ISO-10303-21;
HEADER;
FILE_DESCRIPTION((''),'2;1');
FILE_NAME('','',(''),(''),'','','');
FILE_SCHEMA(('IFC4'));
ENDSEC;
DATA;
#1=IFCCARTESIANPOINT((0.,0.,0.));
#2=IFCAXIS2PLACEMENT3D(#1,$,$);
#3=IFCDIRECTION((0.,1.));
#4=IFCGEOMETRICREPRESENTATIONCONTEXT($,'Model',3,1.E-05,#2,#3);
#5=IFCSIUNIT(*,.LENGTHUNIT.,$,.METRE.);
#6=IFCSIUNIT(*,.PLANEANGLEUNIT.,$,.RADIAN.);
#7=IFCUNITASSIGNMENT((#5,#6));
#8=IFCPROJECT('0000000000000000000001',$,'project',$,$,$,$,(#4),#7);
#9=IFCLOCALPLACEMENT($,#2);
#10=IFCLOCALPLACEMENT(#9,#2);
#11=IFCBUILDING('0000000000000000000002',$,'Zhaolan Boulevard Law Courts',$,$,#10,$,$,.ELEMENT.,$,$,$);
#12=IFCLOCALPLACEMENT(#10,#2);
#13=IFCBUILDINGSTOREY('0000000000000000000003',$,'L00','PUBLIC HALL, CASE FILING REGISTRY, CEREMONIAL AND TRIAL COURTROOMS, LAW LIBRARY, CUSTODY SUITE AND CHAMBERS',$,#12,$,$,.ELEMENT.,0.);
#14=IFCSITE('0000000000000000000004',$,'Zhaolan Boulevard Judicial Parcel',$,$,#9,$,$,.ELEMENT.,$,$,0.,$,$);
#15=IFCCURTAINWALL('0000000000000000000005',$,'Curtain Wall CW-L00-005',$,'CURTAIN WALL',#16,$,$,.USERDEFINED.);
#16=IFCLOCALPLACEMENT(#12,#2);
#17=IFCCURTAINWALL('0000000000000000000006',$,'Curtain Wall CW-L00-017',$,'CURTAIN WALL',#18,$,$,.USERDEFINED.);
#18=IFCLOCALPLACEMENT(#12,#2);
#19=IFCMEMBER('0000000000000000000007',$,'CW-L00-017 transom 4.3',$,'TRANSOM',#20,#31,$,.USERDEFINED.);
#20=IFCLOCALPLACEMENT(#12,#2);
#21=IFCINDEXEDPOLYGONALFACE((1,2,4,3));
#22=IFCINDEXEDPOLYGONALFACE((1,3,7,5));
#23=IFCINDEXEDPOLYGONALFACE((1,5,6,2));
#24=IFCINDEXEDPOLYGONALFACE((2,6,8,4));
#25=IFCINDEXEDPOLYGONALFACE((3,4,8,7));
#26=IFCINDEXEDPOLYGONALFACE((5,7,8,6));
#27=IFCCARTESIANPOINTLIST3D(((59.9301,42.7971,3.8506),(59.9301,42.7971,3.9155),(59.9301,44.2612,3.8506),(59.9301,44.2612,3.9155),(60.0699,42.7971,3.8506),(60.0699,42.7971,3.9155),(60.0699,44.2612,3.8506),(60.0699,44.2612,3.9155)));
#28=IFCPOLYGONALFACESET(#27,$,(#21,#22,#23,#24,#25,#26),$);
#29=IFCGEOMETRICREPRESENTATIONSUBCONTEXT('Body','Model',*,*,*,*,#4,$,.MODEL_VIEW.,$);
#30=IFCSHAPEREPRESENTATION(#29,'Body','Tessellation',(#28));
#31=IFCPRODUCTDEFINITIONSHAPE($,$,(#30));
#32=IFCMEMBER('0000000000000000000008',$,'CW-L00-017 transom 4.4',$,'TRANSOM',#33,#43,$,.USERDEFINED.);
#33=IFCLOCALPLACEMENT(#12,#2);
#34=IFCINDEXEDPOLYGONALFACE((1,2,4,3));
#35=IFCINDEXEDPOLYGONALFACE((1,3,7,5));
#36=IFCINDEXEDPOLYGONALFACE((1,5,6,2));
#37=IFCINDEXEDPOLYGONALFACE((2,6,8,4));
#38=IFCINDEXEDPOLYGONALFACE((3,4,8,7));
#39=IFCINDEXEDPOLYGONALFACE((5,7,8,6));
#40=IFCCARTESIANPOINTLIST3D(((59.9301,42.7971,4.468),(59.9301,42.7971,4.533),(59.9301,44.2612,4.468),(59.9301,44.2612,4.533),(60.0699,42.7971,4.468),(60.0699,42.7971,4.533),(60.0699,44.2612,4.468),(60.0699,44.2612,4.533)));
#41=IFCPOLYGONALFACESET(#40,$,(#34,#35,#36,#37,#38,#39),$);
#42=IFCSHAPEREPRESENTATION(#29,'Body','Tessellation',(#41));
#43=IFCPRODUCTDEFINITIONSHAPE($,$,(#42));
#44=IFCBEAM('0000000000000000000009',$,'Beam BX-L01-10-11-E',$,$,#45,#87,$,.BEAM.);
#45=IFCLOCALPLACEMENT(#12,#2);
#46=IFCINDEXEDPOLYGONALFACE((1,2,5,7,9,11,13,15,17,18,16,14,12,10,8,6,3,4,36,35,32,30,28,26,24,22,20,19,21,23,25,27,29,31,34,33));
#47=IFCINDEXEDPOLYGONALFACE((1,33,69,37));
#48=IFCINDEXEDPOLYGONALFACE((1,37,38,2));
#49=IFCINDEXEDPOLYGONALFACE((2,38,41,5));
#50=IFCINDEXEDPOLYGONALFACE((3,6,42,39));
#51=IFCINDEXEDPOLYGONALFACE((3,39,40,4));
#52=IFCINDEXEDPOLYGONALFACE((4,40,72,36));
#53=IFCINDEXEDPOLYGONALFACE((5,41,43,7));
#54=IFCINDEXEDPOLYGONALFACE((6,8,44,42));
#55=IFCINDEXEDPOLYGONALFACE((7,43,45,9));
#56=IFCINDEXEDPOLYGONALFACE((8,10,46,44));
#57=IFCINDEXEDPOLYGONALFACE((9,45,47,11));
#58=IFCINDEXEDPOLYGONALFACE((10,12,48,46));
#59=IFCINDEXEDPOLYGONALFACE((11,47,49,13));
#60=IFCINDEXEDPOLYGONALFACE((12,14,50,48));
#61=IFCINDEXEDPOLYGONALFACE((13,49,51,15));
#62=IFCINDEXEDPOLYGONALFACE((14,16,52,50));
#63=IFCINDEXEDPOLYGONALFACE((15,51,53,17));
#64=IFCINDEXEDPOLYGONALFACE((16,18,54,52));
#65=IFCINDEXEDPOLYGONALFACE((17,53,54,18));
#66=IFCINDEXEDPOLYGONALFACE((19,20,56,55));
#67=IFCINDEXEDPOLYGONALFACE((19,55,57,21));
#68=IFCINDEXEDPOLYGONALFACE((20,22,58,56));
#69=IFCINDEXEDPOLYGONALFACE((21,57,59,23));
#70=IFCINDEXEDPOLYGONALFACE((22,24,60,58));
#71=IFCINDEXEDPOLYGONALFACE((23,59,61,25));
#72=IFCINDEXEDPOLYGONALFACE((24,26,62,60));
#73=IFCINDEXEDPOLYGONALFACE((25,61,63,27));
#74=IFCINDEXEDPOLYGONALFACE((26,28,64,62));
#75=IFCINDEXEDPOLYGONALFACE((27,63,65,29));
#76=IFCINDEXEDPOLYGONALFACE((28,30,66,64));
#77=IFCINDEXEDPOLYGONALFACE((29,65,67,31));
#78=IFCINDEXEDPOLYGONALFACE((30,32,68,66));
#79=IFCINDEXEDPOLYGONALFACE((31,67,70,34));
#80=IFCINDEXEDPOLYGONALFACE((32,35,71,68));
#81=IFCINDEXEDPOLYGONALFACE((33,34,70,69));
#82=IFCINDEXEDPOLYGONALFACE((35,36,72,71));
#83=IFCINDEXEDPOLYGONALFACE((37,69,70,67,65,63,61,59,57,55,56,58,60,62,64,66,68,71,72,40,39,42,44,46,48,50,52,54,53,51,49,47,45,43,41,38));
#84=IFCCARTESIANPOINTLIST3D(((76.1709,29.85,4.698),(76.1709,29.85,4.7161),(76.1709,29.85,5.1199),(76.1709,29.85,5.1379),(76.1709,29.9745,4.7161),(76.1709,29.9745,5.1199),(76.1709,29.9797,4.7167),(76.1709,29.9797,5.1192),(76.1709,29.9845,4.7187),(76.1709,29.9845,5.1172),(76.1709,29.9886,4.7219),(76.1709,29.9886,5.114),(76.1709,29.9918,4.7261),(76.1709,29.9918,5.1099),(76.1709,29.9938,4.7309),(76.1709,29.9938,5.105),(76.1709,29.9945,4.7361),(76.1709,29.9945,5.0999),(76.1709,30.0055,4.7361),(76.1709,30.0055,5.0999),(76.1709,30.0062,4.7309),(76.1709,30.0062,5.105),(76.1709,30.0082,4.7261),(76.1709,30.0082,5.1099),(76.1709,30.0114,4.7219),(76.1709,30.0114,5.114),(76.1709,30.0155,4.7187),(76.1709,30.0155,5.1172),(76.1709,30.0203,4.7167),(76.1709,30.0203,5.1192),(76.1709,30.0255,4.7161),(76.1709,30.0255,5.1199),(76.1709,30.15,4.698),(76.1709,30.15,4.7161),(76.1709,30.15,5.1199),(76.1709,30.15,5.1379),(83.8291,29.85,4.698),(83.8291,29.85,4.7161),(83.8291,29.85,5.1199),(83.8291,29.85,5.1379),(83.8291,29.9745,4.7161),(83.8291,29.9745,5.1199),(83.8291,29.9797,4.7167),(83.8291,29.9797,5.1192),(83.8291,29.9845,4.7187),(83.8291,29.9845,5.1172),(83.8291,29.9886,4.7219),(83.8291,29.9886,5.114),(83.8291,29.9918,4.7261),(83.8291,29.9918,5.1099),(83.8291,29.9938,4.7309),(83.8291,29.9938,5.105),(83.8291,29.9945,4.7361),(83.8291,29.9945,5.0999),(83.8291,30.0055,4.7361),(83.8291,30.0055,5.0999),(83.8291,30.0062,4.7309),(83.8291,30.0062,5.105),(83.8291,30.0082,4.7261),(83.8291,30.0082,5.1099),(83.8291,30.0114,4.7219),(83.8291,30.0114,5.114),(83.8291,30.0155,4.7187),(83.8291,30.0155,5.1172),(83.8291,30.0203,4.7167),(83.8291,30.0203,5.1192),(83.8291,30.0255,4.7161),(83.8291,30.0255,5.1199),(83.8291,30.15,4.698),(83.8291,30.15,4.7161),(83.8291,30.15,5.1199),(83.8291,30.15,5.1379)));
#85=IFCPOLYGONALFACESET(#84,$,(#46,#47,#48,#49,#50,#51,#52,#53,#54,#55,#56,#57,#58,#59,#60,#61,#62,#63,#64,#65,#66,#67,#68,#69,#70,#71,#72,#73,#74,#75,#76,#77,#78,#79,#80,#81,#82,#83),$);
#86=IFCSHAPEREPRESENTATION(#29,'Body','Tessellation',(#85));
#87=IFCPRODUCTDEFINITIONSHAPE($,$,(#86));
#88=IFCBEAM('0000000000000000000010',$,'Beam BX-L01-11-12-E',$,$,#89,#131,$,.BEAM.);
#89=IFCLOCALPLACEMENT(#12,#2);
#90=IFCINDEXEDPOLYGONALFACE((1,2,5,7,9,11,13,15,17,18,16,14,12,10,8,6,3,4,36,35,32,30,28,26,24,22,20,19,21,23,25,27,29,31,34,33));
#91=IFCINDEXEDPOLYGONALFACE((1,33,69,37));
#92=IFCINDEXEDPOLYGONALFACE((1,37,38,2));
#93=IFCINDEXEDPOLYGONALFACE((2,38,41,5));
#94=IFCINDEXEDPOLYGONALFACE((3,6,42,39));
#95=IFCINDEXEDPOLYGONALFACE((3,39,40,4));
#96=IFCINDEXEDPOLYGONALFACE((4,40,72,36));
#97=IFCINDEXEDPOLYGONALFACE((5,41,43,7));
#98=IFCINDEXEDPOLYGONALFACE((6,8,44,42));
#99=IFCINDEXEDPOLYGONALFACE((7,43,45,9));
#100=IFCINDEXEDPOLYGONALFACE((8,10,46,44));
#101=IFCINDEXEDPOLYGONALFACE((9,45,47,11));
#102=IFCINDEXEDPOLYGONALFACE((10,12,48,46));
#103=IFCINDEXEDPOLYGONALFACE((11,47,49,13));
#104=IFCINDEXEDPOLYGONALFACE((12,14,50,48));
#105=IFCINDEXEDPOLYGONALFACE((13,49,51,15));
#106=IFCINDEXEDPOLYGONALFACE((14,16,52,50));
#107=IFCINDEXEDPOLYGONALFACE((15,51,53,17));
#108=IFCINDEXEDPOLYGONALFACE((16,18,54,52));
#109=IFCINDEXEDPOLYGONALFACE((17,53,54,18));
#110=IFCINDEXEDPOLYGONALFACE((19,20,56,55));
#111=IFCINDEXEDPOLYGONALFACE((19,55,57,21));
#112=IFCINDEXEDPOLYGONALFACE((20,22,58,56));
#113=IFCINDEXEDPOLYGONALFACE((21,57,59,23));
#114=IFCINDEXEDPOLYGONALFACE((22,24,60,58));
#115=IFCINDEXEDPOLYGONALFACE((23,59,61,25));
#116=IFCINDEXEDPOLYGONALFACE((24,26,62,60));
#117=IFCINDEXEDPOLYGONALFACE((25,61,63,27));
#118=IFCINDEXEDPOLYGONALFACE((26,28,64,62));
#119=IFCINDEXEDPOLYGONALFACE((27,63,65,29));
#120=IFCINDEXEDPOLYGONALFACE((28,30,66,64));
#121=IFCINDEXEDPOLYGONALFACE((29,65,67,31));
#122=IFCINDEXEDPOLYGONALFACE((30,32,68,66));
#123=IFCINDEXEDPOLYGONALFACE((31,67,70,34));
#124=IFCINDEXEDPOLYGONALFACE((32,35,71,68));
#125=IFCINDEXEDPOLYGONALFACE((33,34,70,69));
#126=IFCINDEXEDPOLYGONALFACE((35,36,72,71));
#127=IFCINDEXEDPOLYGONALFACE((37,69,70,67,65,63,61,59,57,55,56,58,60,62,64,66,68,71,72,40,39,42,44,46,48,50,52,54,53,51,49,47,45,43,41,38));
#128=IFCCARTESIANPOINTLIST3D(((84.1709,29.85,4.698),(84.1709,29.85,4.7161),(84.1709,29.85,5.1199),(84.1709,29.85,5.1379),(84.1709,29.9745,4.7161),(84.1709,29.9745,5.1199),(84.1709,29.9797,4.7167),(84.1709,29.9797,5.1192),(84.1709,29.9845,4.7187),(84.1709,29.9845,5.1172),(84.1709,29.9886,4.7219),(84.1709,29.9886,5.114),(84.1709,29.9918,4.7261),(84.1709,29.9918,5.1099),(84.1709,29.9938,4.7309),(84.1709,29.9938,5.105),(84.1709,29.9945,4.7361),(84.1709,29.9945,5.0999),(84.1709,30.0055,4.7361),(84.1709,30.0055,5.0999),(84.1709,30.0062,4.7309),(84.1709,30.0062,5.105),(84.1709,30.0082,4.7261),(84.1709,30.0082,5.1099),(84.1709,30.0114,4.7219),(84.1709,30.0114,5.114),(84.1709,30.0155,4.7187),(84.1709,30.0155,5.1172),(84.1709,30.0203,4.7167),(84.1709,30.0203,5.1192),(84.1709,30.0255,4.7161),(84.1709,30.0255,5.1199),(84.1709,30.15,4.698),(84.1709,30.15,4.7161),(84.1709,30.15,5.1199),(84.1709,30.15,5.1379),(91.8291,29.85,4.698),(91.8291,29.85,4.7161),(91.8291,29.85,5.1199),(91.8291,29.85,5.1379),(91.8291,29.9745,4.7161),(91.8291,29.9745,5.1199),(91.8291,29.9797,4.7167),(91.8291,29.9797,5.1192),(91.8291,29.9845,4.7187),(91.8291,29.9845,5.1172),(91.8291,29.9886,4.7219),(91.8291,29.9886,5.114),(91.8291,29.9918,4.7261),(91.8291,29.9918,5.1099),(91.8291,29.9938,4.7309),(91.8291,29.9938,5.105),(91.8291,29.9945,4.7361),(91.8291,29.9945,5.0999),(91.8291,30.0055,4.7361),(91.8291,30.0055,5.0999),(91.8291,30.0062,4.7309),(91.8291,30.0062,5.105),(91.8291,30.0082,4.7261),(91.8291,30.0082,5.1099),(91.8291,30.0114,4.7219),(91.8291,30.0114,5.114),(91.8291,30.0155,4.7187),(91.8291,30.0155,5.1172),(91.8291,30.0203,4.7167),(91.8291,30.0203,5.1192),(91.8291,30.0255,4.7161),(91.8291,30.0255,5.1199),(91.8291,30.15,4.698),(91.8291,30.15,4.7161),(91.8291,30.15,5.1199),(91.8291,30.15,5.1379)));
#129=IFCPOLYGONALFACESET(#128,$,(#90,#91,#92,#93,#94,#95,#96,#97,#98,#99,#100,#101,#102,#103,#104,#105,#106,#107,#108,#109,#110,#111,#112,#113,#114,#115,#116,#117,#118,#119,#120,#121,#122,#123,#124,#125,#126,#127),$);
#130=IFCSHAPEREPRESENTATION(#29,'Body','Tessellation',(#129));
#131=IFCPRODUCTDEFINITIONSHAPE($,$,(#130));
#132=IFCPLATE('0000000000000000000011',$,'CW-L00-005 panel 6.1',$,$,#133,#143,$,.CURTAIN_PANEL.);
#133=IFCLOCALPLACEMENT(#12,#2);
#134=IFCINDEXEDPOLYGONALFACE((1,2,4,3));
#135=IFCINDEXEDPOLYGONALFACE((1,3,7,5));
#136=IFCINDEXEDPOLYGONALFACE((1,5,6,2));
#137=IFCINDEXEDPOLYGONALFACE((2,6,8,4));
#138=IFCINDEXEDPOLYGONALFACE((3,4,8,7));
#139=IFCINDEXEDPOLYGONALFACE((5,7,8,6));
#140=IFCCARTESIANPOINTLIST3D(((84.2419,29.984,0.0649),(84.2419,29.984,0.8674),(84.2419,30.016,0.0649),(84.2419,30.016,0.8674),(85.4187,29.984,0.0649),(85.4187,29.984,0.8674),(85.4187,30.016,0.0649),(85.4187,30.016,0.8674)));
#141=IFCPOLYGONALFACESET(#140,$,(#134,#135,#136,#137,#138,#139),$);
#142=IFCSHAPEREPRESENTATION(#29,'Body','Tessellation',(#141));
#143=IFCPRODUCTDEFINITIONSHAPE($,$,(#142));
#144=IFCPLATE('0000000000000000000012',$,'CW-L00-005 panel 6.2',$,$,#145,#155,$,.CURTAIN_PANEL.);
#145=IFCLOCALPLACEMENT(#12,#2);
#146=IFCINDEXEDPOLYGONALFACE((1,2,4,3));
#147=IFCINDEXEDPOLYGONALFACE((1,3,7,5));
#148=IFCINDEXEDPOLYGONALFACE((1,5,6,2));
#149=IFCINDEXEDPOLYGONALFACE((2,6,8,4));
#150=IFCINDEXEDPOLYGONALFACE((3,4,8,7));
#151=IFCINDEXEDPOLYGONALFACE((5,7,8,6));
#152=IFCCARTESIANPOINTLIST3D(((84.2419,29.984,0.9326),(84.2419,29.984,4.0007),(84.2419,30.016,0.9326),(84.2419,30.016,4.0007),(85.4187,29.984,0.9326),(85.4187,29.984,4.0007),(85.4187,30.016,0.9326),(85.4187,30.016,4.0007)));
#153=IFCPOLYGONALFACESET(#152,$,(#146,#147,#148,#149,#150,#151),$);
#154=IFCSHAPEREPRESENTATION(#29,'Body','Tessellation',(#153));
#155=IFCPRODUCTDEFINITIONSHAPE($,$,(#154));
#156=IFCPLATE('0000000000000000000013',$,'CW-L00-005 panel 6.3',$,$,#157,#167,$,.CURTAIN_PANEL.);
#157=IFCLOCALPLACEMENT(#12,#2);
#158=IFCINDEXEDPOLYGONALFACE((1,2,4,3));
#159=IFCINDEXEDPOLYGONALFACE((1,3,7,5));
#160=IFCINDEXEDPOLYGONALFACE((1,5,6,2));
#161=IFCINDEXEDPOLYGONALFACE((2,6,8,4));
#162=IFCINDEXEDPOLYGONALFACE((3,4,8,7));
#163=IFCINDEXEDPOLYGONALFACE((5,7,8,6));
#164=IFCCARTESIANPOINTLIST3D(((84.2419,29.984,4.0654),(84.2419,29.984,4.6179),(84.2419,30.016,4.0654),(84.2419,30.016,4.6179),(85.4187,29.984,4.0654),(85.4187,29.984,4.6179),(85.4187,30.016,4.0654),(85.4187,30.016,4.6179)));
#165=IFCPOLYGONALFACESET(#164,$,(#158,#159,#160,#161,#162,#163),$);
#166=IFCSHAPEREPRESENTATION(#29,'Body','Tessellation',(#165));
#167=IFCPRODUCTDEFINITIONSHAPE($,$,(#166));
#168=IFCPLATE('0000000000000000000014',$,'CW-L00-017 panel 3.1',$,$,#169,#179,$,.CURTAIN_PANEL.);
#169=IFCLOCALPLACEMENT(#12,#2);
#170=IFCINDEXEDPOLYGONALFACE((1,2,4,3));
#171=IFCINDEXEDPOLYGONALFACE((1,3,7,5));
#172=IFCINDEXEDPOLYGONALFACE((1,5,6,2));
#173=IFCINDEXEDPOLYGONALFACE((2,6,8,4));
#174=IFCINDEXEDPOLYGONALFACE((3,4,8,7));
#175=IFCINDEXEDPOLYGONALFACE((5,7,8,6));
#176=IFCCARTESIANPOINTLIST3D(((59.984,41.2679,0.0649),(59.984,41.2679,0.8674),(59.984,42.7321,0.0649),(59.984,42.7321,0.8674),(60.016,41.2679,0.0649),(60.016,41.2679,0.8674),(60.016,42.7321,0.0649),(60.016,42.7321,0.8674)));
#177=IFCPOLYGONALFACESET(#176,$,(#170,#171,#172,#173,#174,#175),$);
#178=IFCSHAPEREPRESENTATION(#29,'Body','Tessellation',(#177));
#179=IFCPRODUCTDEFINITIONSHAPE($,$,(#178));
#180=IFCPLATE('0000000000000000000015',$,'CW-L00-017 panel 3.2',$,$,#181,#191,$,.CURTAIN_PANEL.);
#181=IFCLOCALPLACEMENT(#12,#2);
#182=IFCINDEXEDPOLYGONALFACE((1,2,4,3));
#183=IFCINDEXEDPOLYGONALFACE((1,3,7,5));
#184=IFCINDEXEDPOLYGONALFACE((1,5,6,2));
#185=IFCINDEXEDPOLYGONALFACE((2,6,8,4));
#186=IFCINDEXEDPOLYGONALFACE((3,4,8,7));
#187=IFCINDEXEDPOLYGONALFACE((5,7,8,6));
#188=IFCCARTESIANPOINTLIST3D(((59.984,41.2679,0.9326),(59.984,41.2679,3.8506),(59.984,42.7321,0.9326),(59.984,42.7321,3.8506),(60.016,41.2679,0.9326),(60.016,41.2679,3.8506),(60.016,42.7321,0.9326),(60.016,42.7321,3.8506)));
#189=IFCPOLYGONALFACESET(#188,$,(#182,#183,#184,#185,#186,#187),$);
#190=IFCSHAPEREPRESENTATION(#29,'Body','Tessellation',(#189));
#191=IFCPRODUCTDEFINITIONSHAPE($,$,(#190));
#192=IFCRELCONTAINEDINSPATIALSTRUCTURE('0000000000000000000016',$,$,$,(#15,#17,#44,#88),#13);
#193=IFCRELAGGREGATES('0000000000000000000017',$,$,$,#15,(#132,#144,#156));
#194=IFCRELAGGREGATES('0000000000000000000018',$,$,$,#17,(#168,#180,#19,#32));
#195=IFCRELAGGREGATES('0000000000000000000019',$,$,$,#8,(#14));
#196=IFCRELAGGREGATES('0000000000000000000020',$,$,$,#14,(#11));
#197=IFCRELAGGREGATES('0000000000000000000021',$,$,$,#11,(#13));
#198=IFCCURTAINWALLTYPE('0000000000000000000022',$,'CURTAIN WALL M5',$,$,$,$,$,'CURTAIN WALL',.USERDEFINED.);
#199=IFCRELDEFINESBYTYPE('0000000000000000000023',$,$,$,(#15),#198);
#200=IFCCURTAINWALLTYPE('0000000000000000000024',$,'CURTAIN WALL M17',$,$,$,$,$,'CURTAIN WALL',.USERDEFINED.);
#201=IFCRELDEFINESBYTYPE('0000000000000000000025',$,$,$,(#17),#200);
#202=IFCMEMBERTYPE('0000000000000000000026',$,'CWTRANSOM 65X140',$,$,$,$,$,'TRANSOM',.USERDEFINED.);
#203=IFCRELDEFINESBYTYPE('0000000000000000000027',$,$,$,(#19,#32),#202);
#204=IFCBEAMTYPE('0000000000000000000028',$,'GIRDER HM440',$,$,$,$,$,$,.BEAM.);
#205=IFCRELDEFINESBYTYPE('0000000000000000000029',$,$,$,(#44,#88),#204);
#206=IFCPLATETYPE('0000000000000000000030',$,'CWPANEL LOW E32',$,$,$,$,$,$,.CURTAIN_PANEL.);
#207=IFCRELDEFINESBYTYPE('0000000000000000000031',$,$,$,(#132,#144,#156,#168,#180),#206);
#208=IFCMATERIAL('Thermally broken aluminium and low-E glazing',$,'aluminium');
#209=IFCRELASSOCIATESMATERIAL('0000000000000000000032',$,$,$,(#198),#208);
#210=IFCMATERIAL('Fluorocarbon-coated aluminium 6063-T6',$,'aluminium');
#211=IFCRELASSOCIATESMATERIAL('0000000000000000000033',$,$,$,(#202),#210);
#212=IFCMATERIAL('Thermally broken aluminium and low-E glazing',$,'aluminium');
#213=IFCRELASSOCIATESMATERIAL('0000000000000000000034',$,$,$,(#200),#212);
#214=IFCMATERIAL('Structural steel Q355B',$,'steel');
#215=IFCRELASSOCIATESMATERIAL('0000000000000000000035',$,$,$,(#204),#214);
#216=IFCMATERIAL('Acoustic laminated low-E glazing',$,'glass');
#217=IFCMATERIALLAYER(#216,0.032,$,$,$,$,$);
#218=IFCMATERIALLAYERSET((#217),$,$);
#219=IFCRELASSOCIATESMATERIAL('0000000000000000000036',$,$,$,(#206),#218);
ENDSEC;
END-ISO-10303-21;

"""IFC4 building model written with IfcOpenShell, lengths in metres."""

from ifc_helpers import new_model, si_unit, direction, frame, origin, origin_2d, place, context, subcontext, project, spatial, rectangle, i_section, extrude, material, layer, layer_set, material_profile, profile_set, type_object, element, aggregate, save


model = new_model("IFC4")

# Units and contexts
model_context = context("Model", 3, precision=1e-05, world=origin(), true_north=direction((0.0, 1.0)))
body_context = subcontext(model_context, "Body", "Model", "MODEL_VIEW")
ifc_project = project(units=[si_unit("LENGTHUNIT", "METRE"), si_unit("PLANEANGLEUNIT", "RADIAN")], contexts=[model_context])

# Site, building, storey
site_placement = place(None, origin())
site = spatial("IfcSite", under=ifc_project, at=site_placement, Name="Zhaolan Boulevard Judicial Parcel", CompositionType="ELEMENT", RefElevation=0.0)
building_placement = place(site_placement, origin())
building = spatial("IfcBuilding", under=site, at=building_placement, Name="Zhaolan Boulevard Law Courts", CompositionType="ELEMENT")
storey_placement = place(building_placement, origin())
storey = spatial("IfcBuildingStorey", under=building, at=storey_placement, Name="L00", Description="PUBLIC HALL, CASE FILING REGISTRY, CEREMONIAL AND TRIAL COURTROOMS, LAW LIBRARY, CUSTODY SUITE AND CHAMBERS", CompositionType="ELEMENT", Elevation=0.0)

# Curtain walls, members
ifc_material_1 = material(Name="Thermally broken aluminium and low-E glazing", Category="aluminium")
curtain_wall_type_1 = type_object("IfcCurtainWallType", Name="CURTAIN WALL M5", ElementType="CURTAIN WALL", PredefinedType="USERDEFINED", material=ifc_material_1)
curtain_wall_1_placement = place(storey_placement, origin())
curtain_wall_1 = element("IfcCurtainWall", 1, at=curtain_wall_1_placement, inside=storey, type_object=curtain_wall_type_1, Name="Curtain Wall CW-L00-005", ObjectType="CURTAIN WALL", PredefinedType="USERDEFINED")
ifc_material_2 = material(Name="Fluorocarbon-coated aluminium 6063-T6", Category="aluminium")
ifc_material_profile_1 = material_profile(ifc_material_2, rectangle(XDim=0.1399, YDim=0.0649, at=origin_2d()), Name="AL65x140")
ifc_profile_set_1 = profile_set([ifc_material_profile_1], Name="Fluorocarbon-coated aluminium 6063-T6")
member_type_1 = type_object("IfcMemberType", Name="CWTRANSOM 65X140", ElementType="TRANSOM", PredefinedType="USERDEFINED", material=ifc_profile_set_1)
ifc_material_3 = material(Name="Thermally broken aluminium and low-E glazing", Category="aluminium")
curtain_wall_type_2 = type_object("IfcCurtainWallType", Name="CURTAIN WALL M17", ElementType="CURTAIN WALL", PredefinedType="USERDEFINED", material=ifc_material_3)
curtain_wall_2_placement = place(storey_placement, origin())
curtain_wall_2 = element("IfcCurtainWall", 2, at=curtain_wall_2_placement, inside=storey, type_object=curtain_wall_type_2, Name="Curtain Wall CW-L00-017", ObjectType="CURTAIN WALL", PredefinedType="USERDEFINED")
member_1_placement = place(storey_placement, frame((60.0, 42.7971, 3.8831), z_axis=(0.0, 1.0, 0.0), x_axis=(-1.0, 0.0, 0.0)))
member_1 = element("IfcMember", 3, at=member_1_placement, type_object=member_type_1, Name="CW-L00-017 transom 4.3", ObjectType="TRANSOM", PredefinedType="USERDEFINED", context=body_context, shape_type="SweptSolid", body=[
    extrude(rectangle(XDim=0.1399, YDim=0.0649, at=origin_2d()), origin(), (0.0, 0.0, 1.0), 1.4641),
])
member_2_placement = place(storey_placement, frame((60.0, 42.7971, 4.5005), z_axis=(0.0, 1.0, 0.0), x_axis=(-1.0, 0.0, 0.0)))
member_2 = element("IfcMember", 4, at=member_2_placement, type_object=member_type_1, Name="CW-L00-017 transom 4.4", ObjectType="TRANSOM", PredefinedType="USERDEFINED", context=body_context, shape_type="SweptSolid", body=[
    extrude(rectangle(XDim=0.1399, YDim=0.0649, at=origin_2d()), origin(), (0.0, 0.0, 1.0), 1.4641),
])

# Beams
ifc_material_4 = material(Name="Structural steel Q355B", Category="steel")
ifc_material_profile_2 = material_profile(ifc_material_4, i_section(OverallWidth=0.3, OverallDepth=0.4399, WebThickness=0.011, FlangeThickness=0.0181, FilletRadius=0.02, at=origin_2d()), Name="HM440x300")
ifc_profile_set_2 = profile_set([ifc_material_profile_2], Name="Structural steel Q355B")
beam_type = type_object("IfcBeamType", Name="GIRDER HM440", PredefinedType="BEAM", material=ifc_profile_set_2)
for number, where, z_axis, x_axis, name in (
    (5, (76.1709, 30.0, 4.918), (1.0, 0.0, 0.0), (0.0, 1.0, 0.0), "Beam BX-L01-10-11-E"),
    (6, (84.1709, 30.0, 4.918), (1.0, 0.0, 0.0), (0.0, 1.0, 0.0), "Beam BX-L01-11-12-E"),
):
    element("IfcBeam", number, at=place(storey_placement, frame(where, z_axis=z_axis, x_axis=x_axis)), inside=storey, type_object=beam_type, Name=name, PredefinedType="BEAM", context=body_context, shape_type="SweptSolid", body=[
        extrude(i_section(OverallWidth=0.3, OverallDepth=0.4399, WebThickness=0.011, FlangeThickness=0.0181, FilletRadius=0.02, at=origin_2d()), origin(), (0.0, 0.0, 1.0), 7.6582),
    ])

# Plates
ifc_material_5 = material(Name="Acoustic laminated low-E glazing", Category="glass")
ifc_layer_1 = layer(ifc_material_5, 0.032)
ifc_layer_set_1 = layer_set([ifc_layer_1])
plate_type = type_object("IfcPlateType", Name="CWPANEL LOW E32", PredefinedType="CURTAIN_PANEL", material=ifc_layer_set_1)
plate_1_placement = place(storey_placement, frame((84.8303, 30.0, 0.0649), z_axis=(0.0, 0.0, 1.0), x_axis=(-1.0, 0.0, 0.0)))
plate_1 = element("IfcPlate", 7, at=plate_1_placement, type_object=plate_type, Name="CW-L00-005 panel 6.1", PredefinedType="CURTAIN_PANEL", context=body_context, shape_type="SweptSolid", body=[
    extrude(rectangle(XDim=1.1768, YDim=0.032, at=origin_2d()), origin(), (0.0, 0.0, 1.0), 0.8025),
])
plate_2_placement = place(storey_placement, frame((84.8303, 30.0, 0.9326), z_axis=(0.0, 0.0, 1.0), x_axis=(-1.0, 0.0, 0.0)))
plate_2 = element("IfcPlate", 8, at=plate_2_placement, type_object=plate_type, Name="CW-L00-005 panel 6.2", PredefinedType="CURTAIN_PANEL", context=body_context, shape_type="SweptSolid", body=[
    extrude(rectangle(XDim=1.1768, YDim=0.032, at=origin_2d()), origin(), (0.0, 0.0, 1.0), 3.0681),
])
plate_3_placement = place(storey_placement, frame((84.8303, 30.0, 4.0654), z_axis=(0.0, 0.0, 1.0), x_axis=(-1.0, 0.0, 0.0)))
plate_3 = element("IfcPlate", 9, at=plate_3_placement, type_object=plate_type, Name="CW-L00-005 panel 6.3", PredefinedType="CURTAIN_PANEL", context=body_context, shape_type="SweptSolid", body=[
    extrude(rectangle(XDim=1.1768, YDim=0.032, at=origin_2d()), origin(), (0.0, 0.0, 1.0), 0.5525),
])
aggregate(curtain_wall_1, [plate_1, plate_2, plate_3])
plate_4_placement = place(storey_placement, frame((60.0, 42.0, 0.0649), z_axis=(0.0, 0.0, 1.0), x_axis=(0.0, 1.0, 0.0)))
plate_4 = element("IfcPlate", 10, at=plate_4_placement, type_object=plate_type, Name="CW-L00-017 panel 3.1", PredefinedType="CURTAIN_PANEL", context=body_context, shape_type="SweptSolid", body=[
    extrude(rectangle(XDim=1.4641, YDim=0.032, at=origin_2d()), origin(), (0.0, 0.0, 1.0), 0.8025),
])
plate_5_placement = place(storey_placement, frame((60.0, 42.0, 0.9326), z_axis=(0.0, 0.0, 1.0), x_axis=(0.0, 1.0, 0.0)))
plate_5 = element("IfcPlate", 11, at=plate_5_placement, type_object=plate_type, Name="CW-L00-017 panel 3.2", PredefinedType="CURTAIN_PANEL", context=body_context, shape_type="SweptSolid", body=[
    extrude(rectangle(XDim=1.4641, YDim=0.032, at=origin_2d()), origin(), (0.0, 0.0, 1.0), 2.918),
])
aggregate(curtain_wall_2, [plate_4, plate_5, member_1, member_2])

save(model, "model.ifc")
